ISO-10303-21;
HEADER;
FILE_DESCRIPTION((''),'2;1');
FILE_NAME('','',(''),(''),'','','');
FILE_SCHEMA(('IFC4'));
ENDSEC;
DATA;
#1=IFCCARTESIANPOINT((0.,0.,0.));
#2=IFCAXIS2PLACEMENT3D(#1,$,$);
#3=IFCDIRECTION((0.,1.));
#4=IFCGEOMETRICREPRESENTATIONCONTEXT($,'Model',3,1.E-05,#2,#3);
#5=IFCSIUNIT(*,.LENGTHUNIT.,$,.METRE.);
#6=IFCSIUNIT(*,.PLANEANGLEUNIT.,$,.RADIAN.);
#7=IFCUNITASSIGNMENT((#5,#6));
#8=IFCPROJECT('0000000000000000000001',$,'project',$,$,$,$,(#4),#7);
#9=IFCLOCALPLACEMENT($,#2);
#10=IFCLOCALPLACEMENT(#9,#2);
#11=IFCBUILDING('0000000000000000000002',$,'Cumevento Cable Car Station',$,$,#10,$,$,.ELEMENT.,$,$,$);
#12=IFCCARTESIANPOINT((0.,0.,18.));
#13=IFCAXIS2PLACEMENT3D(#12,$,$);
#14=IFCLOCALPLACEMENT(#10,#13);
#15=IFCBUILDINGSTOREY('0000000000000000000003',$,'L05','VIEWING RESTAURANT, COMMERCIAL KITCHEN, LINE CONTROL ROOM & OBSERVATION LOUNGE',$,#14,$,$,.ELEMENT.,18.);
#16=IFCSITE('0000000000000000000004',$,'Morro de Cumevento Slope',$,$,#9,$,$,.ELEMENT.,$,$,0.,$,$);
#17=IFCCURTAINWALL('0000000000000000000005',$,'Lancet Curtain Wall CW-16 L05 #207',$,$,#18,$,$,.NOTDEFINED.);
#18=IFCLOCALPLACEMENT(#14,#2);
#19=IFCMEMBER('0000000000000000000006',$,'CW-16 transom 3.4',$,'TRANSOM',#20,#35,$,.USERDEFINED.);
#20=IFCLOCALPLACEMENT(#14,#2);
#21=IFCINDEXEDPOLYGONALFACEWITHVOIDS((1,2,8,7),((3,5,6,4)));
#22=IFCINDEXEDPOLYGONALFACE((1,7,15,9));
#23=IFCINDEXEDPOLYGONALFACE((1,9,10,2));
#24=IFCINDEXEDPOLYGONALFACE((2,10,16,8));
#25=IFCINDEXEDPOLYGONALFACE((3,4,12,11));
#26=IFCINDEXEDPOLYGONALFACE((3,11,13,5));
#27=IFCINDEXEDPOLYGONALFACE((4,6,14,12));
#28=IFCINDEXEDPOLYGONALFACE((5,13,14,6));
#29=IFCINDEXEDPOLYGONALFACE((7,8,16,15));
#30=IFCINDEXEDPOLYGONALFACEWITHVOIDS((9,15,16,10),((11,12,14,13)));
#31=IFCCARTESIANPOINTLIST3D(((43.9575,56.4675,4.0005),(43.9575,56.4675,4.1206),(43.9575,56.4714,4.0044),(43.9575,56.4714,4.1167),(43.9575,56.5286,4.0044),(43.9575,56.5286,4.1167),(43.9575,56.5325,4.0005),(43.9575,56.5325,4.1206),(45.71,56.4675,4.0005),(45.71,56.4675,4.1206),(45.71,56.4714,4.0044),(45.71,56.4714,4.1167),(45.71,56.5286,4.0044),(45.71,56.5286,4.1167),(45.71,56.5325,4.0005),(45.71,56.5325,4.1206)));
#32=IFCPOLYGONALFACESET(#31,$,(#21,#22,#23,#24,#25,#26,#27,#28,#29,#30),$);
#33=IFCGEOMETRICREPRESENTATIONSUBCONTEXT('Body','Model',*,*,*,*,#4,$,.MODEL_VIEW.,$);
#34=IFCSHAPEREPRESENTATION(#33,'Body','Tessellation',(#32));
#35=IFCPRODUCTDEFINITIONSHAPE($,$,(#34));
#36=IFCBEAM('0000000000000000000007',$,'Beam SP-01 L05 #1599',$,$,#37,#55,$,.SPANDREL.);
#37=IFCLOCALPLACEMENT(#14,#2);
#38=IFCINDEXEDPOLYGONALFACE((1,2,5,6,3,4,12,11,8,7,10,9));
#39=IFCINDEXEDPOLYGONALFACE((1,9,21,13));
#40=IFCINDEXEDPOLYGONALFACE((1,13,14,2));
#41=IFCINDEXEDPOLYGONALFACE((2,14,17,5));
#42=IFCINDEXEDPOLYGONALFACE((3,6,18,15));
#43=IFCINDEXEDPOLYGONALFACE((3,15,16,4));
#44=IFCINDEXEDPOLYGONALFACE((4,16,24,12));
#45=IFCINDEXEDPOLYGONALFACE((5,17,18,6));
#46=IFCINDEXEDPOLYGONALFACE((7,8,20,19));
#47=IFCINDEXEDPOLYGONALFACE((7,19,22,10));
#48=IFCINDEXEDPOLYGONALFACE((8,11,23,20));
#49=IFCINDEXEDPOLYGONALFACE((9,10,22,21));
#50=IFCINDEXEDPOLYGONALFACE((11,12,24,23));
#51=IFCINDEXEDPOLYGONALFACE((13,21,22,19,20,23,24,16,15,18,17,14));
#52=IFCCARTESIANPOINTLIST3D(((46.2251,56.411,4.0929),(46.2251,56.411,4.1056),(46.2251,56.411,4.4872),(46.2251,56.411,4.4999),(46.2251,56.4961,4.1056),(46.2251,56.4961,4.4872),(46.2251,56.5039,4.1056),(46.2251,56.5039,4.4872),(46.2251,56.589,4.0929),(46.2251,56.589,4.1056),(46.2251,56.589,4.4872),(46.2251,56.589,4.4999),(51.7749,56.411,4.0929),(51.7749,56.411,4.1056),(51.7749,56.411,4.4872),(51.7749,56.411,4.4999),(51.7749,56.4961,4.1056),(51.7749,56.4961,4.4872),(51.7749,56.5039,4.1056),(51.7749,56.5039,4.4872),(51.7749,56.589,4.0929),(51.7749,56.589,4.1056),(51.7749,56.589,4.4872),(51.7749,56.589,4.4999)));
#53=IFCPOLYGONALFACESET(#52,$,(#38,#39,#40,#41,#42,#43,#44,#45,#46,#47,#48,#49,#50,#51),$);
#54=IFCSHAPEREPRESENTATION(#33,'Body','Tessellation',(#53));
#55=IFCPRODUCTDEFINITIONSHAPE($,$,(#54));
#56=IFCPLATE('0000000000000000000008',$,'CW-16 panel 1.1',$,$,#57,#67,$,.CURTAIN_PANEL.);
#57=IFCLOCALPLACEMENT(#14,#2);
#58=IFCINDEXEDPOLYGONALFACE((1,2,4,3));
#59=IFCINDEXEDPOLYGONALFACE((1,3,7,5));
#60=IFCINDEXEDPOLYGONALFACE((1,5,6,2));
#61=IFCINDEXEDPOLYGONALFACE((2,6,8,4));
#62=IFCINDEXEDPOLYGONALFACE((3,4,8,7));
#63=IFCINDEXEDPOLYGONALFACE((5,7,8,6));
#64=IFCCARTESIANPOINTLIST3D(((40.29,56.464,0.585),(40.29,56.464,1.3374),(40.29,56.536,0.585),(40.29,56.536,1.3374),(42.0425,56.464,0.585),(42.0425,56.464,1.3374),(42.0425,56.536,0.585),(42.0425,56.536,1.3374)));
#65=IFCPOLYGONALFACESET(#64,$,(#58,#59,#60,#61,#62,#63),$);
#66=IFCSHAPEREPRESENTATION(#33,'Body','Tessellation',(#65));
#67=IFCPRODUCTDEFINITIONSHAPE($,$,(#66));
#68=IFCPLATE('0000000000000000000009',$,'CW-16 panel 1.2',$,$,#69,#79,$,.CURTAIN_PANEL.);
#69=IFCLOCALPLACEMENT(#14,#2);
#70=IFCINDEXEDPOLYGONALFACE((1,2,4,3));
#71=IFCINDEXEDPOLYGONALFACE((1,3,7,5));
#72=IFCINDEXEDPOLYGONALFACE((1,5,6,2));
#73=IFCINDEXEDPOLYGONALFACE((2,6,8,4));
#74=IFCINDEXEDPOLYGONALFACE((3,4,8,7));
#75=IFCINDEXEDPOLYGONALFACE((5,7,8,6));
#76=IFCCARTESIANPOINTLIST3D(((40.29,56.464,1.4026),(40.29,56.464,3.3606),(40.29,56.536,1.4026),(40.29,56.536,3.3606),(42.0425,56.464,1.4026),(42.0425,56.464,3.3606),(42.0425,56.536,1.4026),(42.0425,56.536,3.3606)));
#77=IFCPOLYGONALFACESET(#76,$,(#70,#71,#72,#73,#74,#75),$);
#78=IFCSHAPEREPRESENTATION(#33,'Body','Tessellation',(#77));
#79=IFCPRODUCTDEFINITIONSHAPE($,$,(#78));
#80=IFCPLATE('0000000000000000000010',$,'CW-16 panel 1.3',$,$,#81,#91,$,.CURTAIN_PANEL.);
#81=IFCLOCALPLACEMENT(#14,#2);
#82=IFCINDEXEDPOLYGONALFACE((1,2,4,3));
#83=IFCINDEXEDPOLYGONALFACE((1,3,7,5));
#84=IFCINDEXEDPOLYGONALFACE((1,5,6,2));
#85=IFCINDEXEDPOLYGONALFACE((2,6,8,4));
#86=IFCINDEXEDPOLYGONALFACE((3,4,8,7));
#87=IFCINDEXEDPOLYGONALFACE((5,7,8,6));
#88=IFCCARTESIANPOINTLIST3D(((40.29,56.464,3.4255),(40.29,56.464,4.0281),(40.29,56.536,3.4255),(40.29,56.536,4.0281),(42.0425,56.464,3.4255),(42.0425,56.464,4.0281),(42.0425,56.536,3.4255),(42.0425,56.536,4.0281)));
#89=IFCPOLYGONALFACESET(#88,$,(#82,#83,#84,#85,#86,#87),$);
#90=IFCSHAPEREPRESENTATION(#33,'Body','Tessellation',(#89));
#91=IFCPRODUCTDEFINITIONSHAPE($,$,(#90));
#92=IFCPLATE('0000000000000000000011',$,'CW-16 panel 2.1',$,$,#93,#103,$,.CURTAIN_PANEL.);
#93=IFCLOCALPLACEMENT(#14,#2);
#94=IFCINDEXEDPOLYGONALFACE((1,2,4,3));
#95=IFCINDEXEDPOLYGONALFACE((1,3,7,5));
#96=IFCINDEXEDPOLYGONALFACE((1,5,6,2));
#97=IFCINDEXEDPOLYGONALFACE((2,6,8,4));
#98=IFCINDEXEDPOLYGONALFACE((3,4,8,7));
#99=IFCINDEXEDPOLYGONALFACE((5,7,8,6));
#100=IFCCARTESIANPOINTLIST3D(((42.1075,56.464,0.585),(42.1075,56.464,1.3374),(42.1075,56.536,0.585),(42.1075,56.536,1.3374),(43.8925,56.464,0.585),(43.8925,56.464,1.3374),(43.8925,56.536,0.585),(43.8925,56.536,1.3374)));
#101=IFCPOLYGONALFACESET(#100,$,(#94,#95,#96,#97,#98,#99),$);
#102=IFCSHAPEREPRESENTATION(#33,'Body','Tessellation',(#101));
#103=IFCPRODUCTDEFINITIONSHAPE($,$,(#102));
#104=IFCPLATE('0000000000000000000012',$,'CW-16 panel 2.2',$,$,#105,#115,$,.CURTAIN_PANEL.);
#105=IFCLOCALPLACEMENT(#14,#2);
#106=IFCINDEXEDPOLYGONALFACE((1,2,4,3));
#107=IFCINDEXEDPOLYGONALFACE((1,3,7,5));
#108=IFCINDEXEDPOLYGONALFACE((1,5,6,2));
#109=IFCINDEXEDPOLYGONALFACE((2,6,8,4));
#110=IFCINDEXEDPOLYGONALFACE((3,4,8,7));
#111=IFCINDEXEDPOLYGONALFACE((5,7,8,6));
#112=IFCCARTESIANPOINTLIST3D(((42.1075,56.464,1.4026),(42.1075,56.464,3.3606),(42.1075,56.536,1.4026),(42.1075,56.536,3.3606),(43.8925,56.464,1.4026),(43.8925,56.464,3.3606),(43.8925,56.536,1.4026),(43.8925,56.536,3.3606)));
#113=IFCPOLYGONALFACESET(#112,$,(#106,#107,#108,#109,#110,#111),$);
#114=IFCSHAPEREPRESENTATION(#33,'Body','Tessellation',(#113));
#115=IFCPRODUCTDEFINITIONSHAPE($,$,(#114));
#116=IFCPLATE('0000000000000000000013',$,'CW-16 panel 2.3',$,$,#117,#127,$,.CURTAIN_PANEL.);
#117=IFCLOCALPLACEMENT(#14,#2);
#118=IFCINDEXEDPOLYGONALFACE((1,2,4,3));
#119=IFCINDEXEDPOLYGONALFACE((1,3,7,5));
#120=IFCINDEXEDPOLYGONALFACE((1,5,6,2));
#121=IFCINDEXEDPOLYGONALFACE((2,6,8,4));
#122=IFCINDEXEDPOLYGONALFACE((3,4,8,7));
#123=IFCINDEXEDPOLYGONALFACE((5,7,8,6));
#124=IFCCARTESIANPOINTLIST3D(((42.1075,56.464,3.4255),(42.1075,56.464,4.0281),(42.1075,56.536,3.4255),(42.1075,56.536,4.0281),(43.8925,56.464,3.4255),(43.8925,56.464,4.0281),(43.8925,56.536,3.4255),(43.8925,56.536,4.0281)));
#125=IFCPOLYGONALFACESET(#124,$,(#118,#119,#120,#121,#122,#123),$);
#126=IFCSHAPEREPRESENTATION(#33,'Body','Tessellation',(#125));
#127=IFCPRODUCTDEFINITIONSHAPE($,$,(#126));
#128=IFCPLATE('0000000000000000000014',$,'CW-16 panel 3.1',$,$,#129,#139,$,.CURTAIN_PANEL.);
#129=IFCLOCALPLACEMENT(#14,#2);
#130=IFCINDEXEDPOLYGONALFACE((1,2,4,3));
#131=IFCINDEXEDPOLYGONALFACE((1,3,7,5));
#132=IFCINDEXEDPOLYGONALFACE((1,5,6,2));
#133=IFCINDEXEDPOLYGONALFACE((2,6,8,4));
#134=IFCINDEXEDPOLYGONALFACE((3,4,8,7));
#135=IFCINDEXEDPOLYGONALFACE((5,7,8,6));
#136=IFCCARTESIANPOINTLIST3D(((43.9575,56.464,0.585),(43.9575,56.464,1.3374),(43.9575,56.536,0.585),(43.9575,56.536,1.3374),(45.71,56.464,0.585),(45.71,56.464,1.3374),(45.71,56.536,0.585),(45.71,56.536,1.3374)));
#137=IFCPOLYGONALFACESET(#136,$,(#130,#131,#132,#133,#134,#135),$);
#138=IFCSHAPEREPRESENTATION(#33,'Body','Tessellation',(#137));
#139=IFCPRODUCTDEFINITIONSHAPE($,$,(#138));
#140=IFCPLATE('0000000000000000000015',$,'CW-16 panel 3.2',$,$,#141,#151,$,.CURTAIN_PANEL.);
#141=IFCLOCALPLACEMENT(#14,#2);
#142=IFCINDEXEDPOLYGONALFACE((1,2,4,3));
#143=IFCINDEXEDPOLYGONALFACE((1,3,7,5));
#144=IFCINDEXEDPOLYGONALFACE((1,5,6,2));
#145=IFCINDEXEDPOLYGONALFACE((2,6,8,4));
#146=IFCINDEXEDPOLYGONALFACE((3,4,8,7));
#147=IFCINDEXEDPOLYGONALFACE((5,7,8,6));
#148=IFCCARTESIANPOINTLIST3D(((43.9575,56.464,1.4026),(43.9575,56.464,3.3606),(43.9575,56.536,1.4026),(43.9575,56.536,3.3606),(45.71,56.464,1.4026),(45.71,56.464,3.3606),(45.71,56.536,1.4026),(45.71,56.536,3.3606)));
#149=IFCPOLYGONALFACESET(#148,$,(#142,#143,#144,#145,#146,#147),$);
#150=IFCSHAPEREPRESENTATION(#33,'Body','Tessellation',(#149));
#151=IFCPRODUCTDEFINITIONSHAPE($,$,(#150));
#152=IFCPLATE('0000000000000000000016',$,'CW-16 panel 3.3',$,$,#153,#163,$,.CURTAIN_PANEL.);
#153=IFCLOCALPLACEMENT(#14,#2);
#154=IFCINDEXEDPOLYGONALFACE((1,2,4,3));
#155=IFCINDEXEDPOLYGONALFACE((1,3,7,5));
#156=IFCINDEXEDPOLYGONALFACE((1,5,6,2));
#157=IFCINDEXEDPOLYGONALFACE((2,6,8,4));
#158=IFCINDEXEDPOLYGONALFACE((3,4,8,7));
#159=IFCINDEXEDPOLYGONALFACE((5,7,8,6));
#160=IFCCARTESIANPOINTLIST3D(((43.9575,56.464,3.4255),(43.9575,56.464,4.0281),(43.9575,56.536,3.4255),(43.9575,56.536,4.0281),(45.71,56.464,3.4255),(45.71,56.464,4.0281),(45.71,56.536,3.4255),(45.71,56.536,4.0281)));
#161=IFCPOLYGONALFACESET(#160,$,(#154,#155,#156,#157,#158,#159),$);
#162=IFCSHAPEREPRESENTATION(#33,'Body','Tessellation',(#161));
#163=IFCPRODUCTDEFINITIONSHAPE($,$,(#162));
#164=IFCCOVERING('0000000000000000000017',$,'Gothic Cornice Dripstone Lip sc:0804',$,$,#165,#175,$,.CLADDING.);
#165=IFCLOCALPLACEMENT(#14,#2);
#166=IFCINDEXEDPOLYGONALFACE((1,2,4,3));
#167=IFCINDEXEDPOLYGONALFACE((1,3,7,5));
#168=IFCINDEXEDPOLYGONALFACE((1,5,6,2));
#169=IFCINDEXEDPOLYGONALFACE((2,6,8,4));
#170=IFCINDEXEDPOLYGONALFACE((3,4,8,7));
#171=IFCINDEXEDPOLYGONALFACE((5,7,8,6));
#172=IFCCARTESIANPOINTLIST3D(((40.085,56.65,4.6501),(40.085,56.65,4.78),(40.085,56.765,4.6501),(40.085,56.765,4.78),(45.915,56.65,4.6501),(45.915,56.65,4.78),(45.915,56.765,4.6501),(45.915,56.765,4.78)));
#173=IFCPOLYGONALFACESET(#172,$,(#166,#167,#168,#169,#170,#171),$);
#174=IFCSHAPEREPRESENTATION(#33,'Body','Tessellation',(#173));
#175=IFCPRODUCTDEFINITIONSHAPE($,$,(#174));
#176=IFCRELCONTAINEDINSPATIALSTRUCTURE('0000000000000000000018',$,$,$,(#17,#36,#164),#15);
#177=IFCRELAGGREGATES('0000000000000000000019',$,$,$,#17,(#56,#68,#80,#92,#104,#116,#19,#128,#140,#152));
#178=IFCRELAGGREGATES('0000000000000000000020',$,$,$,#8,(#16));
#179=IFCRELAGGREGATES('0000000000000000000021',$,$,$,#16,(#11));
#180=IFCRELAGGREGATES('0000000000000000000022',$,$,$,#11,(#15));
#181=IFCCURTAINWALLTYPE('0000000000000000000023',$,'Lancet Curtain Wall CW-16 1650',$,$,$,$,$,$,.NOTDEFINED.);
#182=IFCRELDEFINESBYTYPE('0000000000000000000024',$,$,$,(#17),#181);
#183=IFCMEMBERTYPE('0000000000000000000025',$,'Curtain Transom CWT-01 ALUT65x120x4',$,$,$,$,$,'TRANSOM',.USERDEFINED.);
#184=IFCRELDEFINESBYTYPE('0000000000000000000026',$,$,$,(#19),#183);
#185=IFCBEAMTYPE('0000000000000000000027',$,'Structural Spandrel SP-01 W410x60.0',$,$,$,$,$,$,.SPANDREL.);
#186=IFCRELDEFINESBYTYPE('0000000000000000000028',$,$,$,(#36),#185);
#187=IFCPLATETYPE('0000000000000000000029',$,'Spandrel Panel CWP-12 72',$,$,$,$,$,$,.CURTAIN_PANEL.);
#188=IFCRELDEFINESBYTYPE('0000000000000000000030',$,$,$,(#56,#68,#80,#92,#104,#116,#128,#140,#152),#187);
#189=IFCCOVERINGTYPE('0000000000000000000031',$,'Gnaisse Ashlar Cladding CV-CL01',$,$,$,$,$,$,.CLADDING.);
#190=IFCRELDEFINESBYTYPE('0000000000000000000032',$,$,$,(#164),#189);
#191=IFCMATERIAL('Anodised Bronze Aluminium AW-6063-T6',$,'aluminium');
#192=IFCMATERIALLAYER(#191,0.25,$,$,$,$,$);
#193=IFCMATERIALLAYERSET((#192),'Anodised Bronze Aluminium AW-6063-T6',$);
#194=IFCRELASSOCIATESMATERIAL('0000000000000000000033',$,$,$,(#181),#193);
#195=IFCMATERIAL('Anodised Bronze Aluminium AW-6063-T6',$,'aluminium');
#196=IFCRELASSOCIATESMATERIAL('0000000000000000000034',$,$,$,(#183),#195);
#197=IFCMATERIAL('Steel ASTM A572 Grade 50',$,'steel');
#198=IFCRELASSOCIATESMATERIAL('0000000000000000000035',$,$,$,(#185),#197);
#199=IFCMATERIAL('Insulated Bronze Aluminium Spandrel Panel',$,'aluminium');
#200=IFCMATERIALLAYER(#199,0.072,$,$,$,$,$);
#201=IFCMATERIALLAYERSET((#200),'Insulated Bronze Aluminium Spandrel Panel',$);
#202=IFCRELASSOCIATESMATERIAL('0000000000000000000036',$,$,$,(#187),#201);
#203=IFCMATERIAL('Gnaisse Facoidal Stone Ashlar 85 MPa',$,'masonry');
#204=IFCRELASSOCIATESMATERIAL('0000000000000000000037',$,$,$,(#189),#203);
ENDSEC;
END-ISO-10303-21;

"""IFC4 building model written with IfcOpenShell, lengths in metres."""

from ifc_helpers import new_model, si_unit, direction, frame, origin, origin_2d, place, context, subcontext, project, spatial, rectangle, hollow_rectangle, i_section, extrude, material, layer, layer_set, material_profile, profile_set, type_object, element, aggregate, save


model = new_model("IFC4")

# Units and contexts
model_context = context("Model", 3, precision=1e-05, world=origin(), true_north=direction((0.0, 1.0)))
body_context = subcontext(model_context, "Body", "Model", "MODEL_VIEW")
ifc_project = project(units=[si_unit("LENGTHUNIT", "METRE"), si_unit("PLANEANGLEUNIT", "RADIAN")], contexts=[model_context])

# Site, building, storey
site_placement = place(None, origin())
site = spatial("IfcSite", under=ifc_project, at=site_placement, Name="Morro de Cumevento Slope", CompositionType="ELEMENT", RefElevation=0.0)
building_placement = place(site_placement, origin())
building = spatial("IfcBuilding", under=site, at=building_placement, Name="Cumevento Cable Car Station", CompositionType="ELEMENT")
storey_placement = place(building_placement, frame((0.0, 0.0, 18.0)))
storey = spatial("IfcBuildingStorey", under=building, at=storey_placement, Name="L05", Description="VIEWING RESTAURANT, COMMERCIAL KITCHEN, LINE CONTROL ROOM & OBSERVATION LOUNGE", CompositionType="ELEMENT", Elevation=18.0)

# Curtain wall, member
ifc_material_1 = material(Name="Anodised Bronze Aluminium AW-6063-T6", Category="aluminium")
ifc_layer_1 = layer(ifc_material_1, 0.25)
ifc_layer_set_1 = layer_set([ifc_layer_1], Name="Anodised Bronze Aluminium AW-6063-T6")
curtain_wall_type = type_object("IfcCurtainWallType", Name="Lancet Curtain Wall CW-16 1650", PredefinedType="NOTDEFINED", material=ifc_layer_set_1)
curtain_wall_placement = place(storey_placement, origin())
curtain_wall = element("IfcCurtainWall", 1, at=curtain_wall_placement, inside=storey, type_object=curtain_wall_type, Name="Lancet Curtain Wall CW-16 L05 #207", PredefinedType="NOTDEFINED")
ifc_material_2 = material(Name="Anodised Bronze Aluminium AW-6063-T6", Category="aluminium")
ifc_material_profile_1 = material_profile(ifc_material_2, hollow_rectangle(XDim=0.0649, YDim=0.1201, WallThickness=0.0039, at=origin_2d()), Name="ALUT65x120x4")
ifc_profile_set_1 = profile_set([ifc_material_profile_1], Name="Anodised Bronze Aluminium AW-6063-T6")
member_type_1 = type_object("IfcMemberType", Name="Curtain Transom CWT-01 ALUT65x120x4", ElementType="TRANSOM", PredefinedType="USERDEFINED", material=ifc_profile_set_1)
member_1_placement = place(storey_placement, frame((43.9575, 56.5, 4.0605), z_axis=(1.0, 0.0, 0.0), x_axis=(0.0, 1.0, 0.0)))
member_1 = element("IfcMember", 2, at=member_1_placement, type_object=member_type_1, Name="CW-16 transom 3.4", ObjectType="TRANSOM", PredefinedType="USERDEFINED", context=body_context, shape_type="SweptSolid", body=[
    extrude(hollow_rectangle(XDim=0.0649, YDim=0.1201, WallThickness=0.0039, at=origin_2d()), origin(), (0.0, 0.0, 1.0), 1.7524),
])

# Beam
ifc_material_3 = material(Name="Steel ASTM A572 Grade 50", Category="steel")
ifc_material_profile_2 = material_profile(ifc_material_3, i_section(OverallWidth=0.178, OverallDepth=0.407, WebThickness=0.0078, FlangeThickness=0.0127, at=origin_2d()), Name="W410x60.0")
ifc_profile_set_2 = profile_set([ifc_material_profile_2], Name="Steel ASTM A572 Grade 50")
beam_type = type_object("IfcBeamType", Name="Structural Spandrel SP-01 W410x60.0", PredefinedType="SPANDREL", material=ifc_profile_set_2)
beam_placement = place(storey_placement, frame((46.2251, 56.5, 4.2964), z_axis=(1.0, 0.0, 0.0), x_axis=(0.0, 1.0, 0.0)))
element("IfcBeam", 3, at=beam_placement, inside=storey, type_object=beam_type, Name="Beam SP-01 L05 #1599", PredefinedType="SPANDREL", context=body_context, shape_type="SweptSolid", body=[
    extrude(i_section(OverallWidth=0.178, OverallDepth=0.407, WebThickness=0.0078, FlangeThickness=0.0127, at=origin_2d()), origin(), (0.0, 0.0, 1.0), 5.5498),
])

# Plates
ifc_material_4 = material(Name="Insulated Bronze Aluminium Spandrel Panel", Category="aluminium")
ifc_layer_2 = layer(ifc_material_4, 0.072)
ifc_layer_set_2 = layer_set([ifc_layer_2], Name="Insulated Bronze Aluminium Spandrel Panel")
plate_type = type_object("IfcPlateType", Name="Spandrel Panel CWP-12 72", PredefinedType="CURTAIN_PANEL", material=ifc_layer_set_2)
plate_1_placement = place(storey_placement, frame((41.1663, 56.5, 0.585), z_axis=(0.0, 0.0, 1.0), x_axis=(1.0, 0.0, 0.0)))
plate_1 = element("IfcPlate", 4, at=plate_1_placement, type_object=plate_type, Name="CW-16 panel 1.1", PredefinedType="CURTAIN_PANEL", context=body_context, shape_type="SweptSolid", body=[
    extrude(rectangle(XDim=1.7524, YDim=0.072, at=origin_2d()), origin(), (0.0, 0.0, 1.0), 0.7524),
])
plate_2_placement = place(storey_placement, frame((41.1663, 56.5, 1.4026), z_axis=(0.0, 0.0, 1.0), x_axis=(1.0, 0.0, 0.0)))
plate_2 = element("IfcPlate", 5, at=plate_2_placement, type_object=plate_type, Name="CW-16 panel 1.2", PredefinedType="CURTAIN_PANEL", context=body_context, shape_type="SweptSolid", body=[
    extrude(rectangle(XDim=1.7524, YDim=0.072, at=origin_2d()), origin(), (0.0, 0.0, 1.0), 1.958),
])
plate_3_placement = place(storey_placement, frame((41.1663, 56.5, 3.4255), z_axis=(0.0, 0.0, 1.0), x_axis=(1.0, 0.0, 0.0)))
plate_3 = element("IfcPlate", 6, at=plate_3_placement, type_object=plate_type, Name="CW-16 panel 1.3", PredefinedType="CURTAIN_PANEL", context=body_context, shape_type="SweptSolid", body=[
    extrude(rectangle(XDim=1.7524, YDim=0.072, at=origin_2d()), origin(), (0.0, 0.0, 1.0), 0.6025),
])
plate_4_placement = place(storey_placement, frame((43.0, 56.5, 0.585), z_axis=(0.0, 0.0, 1.0), x_axis=(1.0, 0.0, 0.0)))
plate_4 = element("IfcPlate", 7, at=plate_4_placement, type_object=plate_type, Name="CW-16 panel 2.1", PredefinedType="CURTAIN_PANEL", context=body_context, shape_type="SweptSolid", body=[
    extrude(rectangle(XDim=1.7849, YDim=0.072, at=origin_2d()), origin(), (0.0, 0.0, 1.0), 0.7524),
])
plate_5_placement = place(storey_placement, frame((43.0, 56.5, 1.4026), z_axis=(0.0, 0.0, 1.0), x_axis=(1.0, 0.0, 0.0)))
plate_5 = element("IfcPlate", 8, at=plate_5_placement, type_object=plate_type, Name="CW-16 panel 2.2", PredefinedType="CURTAIN_PANEL", context=body_context, shape_type="SweptSolid", body=[
    extrude(rectangle(XDim=1.7849, YDim=0.072, at=origin_2d()), origin(), (0.0, 0.0, 1.0), 1.958),
])
plate_6_placement = place(storey_placement, frame((43.0, 56.5, 3.4255), z_axis=(0.0, 0.0, 1.0), x_axis=(1.0, 0.0, 0.0)))
plate_6 = element("IfcPlate", 9, at=plate_6_placement, type_object=plate_type, Name="CW-16 panel 2.3", PredefinedType="CURTAIN_PANEL", context=body_context, shape_type="SweptSolid", body=[
    extrude(rectangle(XDim=1.7849, YDim=0.072, at=origin_2d()), origin(), (0.0, 0.0, 1.0), 0.6025),
])
plate_7_placement = place(storey_placement, frame((44.8337, 56.5, 0.585), z_axis=(0.0, 0.0, 1.0), x_axis=(1.0, 0.0, 0.0)))
plate_7 = element("IfcPlate", 10, at=plate_7_placement, type_object=plate_type, Name="CW-16 panel 3.1", PredefinedType="CURTAIN_PANEL", context=body_context, shape_type="SweptSolid", body=[
    extrude(rectangle(XDim=1.7524, YDim=0.072, at=origin_2d()), origin(), (0.0, 0.0, 1.0), 0.7524),
])
plate_8_placement = place(storey_placement, frame((44.8337, 56.5, 1.4026), z_axis=(0.0, 0.0, 1.0), x_axis=(1.0, 0.0, 0.0)))
plate_8 = element("IfcPlate", 11, at=plate_8_placement, type_object=plate_type, Name="CW-16 panel 3.2", PredefinedType="CURTAIN_PANEL", context=body_context, shape_type="SweptSolid", body=[
    extrude(rectangle(XDim=1.7524, YDim=0.072, at=origin_2d()), origin(), (0.0, 0.0, 1.0), 1.958),
])
plate_9_placement = place(storey_placement, frame((44.8337, 56.5, 3.4255), z_axis=(0.0, 0.0, 1.0), x_axis=(1.0, 0.0, 0.0)))
plate_9 = element("IfcPlate", 12, at=plate_9_placement, type_object=plate_type, Name="CW-16 panel 3.3", PredefinedType="CURTAIN_PANEL", context=body_context, shape_type="SweptSolid", body=[
    extrude(rectangle(XDim=1.7524, YDim=0.072, at=origin_2d()), origin(), (0.0, 0.0, 1.0), 0.6025),
])
aggregate(curtain_wall, [plate_1, plate_2, plate_3, plate_4, plate_5, plate_6, member_1, plate_7, plate_8, plate_9])

# Covering
ifc_material_5 = material(Name="Gnaisse Facoidal Stone Ashlar 85 MPa", Category="masonry")
covering_type = type_object("IfcCoveringType", Name="Gnaisse Ashlar Cladding CV-CL01", PredefinedType="CLADDING", material=ifc_material_5)
covering_placement = place(storey_placement, frame((43.0, 56.7075, 4.6501), z_axis=(0.0, 0.0, 1.0), x_axis=(1.0, 0.0, 0.0)))
element("IfcCovering", 13, at=covering_placement, inside=storey, type_object=covering_type, Name="Gothic Cornice Dripstone Lip sc:0804", PredefinedType="CLADDING", context=body_context, shape_type="SweptSolid", body=[
    extrude(rectangle(XDim=5.8301, YDim=0.115, at=origin_2d()), origin(), (0.0, 0.0, 1.0), 0.1299),
])

save(model, "model.ifc")
